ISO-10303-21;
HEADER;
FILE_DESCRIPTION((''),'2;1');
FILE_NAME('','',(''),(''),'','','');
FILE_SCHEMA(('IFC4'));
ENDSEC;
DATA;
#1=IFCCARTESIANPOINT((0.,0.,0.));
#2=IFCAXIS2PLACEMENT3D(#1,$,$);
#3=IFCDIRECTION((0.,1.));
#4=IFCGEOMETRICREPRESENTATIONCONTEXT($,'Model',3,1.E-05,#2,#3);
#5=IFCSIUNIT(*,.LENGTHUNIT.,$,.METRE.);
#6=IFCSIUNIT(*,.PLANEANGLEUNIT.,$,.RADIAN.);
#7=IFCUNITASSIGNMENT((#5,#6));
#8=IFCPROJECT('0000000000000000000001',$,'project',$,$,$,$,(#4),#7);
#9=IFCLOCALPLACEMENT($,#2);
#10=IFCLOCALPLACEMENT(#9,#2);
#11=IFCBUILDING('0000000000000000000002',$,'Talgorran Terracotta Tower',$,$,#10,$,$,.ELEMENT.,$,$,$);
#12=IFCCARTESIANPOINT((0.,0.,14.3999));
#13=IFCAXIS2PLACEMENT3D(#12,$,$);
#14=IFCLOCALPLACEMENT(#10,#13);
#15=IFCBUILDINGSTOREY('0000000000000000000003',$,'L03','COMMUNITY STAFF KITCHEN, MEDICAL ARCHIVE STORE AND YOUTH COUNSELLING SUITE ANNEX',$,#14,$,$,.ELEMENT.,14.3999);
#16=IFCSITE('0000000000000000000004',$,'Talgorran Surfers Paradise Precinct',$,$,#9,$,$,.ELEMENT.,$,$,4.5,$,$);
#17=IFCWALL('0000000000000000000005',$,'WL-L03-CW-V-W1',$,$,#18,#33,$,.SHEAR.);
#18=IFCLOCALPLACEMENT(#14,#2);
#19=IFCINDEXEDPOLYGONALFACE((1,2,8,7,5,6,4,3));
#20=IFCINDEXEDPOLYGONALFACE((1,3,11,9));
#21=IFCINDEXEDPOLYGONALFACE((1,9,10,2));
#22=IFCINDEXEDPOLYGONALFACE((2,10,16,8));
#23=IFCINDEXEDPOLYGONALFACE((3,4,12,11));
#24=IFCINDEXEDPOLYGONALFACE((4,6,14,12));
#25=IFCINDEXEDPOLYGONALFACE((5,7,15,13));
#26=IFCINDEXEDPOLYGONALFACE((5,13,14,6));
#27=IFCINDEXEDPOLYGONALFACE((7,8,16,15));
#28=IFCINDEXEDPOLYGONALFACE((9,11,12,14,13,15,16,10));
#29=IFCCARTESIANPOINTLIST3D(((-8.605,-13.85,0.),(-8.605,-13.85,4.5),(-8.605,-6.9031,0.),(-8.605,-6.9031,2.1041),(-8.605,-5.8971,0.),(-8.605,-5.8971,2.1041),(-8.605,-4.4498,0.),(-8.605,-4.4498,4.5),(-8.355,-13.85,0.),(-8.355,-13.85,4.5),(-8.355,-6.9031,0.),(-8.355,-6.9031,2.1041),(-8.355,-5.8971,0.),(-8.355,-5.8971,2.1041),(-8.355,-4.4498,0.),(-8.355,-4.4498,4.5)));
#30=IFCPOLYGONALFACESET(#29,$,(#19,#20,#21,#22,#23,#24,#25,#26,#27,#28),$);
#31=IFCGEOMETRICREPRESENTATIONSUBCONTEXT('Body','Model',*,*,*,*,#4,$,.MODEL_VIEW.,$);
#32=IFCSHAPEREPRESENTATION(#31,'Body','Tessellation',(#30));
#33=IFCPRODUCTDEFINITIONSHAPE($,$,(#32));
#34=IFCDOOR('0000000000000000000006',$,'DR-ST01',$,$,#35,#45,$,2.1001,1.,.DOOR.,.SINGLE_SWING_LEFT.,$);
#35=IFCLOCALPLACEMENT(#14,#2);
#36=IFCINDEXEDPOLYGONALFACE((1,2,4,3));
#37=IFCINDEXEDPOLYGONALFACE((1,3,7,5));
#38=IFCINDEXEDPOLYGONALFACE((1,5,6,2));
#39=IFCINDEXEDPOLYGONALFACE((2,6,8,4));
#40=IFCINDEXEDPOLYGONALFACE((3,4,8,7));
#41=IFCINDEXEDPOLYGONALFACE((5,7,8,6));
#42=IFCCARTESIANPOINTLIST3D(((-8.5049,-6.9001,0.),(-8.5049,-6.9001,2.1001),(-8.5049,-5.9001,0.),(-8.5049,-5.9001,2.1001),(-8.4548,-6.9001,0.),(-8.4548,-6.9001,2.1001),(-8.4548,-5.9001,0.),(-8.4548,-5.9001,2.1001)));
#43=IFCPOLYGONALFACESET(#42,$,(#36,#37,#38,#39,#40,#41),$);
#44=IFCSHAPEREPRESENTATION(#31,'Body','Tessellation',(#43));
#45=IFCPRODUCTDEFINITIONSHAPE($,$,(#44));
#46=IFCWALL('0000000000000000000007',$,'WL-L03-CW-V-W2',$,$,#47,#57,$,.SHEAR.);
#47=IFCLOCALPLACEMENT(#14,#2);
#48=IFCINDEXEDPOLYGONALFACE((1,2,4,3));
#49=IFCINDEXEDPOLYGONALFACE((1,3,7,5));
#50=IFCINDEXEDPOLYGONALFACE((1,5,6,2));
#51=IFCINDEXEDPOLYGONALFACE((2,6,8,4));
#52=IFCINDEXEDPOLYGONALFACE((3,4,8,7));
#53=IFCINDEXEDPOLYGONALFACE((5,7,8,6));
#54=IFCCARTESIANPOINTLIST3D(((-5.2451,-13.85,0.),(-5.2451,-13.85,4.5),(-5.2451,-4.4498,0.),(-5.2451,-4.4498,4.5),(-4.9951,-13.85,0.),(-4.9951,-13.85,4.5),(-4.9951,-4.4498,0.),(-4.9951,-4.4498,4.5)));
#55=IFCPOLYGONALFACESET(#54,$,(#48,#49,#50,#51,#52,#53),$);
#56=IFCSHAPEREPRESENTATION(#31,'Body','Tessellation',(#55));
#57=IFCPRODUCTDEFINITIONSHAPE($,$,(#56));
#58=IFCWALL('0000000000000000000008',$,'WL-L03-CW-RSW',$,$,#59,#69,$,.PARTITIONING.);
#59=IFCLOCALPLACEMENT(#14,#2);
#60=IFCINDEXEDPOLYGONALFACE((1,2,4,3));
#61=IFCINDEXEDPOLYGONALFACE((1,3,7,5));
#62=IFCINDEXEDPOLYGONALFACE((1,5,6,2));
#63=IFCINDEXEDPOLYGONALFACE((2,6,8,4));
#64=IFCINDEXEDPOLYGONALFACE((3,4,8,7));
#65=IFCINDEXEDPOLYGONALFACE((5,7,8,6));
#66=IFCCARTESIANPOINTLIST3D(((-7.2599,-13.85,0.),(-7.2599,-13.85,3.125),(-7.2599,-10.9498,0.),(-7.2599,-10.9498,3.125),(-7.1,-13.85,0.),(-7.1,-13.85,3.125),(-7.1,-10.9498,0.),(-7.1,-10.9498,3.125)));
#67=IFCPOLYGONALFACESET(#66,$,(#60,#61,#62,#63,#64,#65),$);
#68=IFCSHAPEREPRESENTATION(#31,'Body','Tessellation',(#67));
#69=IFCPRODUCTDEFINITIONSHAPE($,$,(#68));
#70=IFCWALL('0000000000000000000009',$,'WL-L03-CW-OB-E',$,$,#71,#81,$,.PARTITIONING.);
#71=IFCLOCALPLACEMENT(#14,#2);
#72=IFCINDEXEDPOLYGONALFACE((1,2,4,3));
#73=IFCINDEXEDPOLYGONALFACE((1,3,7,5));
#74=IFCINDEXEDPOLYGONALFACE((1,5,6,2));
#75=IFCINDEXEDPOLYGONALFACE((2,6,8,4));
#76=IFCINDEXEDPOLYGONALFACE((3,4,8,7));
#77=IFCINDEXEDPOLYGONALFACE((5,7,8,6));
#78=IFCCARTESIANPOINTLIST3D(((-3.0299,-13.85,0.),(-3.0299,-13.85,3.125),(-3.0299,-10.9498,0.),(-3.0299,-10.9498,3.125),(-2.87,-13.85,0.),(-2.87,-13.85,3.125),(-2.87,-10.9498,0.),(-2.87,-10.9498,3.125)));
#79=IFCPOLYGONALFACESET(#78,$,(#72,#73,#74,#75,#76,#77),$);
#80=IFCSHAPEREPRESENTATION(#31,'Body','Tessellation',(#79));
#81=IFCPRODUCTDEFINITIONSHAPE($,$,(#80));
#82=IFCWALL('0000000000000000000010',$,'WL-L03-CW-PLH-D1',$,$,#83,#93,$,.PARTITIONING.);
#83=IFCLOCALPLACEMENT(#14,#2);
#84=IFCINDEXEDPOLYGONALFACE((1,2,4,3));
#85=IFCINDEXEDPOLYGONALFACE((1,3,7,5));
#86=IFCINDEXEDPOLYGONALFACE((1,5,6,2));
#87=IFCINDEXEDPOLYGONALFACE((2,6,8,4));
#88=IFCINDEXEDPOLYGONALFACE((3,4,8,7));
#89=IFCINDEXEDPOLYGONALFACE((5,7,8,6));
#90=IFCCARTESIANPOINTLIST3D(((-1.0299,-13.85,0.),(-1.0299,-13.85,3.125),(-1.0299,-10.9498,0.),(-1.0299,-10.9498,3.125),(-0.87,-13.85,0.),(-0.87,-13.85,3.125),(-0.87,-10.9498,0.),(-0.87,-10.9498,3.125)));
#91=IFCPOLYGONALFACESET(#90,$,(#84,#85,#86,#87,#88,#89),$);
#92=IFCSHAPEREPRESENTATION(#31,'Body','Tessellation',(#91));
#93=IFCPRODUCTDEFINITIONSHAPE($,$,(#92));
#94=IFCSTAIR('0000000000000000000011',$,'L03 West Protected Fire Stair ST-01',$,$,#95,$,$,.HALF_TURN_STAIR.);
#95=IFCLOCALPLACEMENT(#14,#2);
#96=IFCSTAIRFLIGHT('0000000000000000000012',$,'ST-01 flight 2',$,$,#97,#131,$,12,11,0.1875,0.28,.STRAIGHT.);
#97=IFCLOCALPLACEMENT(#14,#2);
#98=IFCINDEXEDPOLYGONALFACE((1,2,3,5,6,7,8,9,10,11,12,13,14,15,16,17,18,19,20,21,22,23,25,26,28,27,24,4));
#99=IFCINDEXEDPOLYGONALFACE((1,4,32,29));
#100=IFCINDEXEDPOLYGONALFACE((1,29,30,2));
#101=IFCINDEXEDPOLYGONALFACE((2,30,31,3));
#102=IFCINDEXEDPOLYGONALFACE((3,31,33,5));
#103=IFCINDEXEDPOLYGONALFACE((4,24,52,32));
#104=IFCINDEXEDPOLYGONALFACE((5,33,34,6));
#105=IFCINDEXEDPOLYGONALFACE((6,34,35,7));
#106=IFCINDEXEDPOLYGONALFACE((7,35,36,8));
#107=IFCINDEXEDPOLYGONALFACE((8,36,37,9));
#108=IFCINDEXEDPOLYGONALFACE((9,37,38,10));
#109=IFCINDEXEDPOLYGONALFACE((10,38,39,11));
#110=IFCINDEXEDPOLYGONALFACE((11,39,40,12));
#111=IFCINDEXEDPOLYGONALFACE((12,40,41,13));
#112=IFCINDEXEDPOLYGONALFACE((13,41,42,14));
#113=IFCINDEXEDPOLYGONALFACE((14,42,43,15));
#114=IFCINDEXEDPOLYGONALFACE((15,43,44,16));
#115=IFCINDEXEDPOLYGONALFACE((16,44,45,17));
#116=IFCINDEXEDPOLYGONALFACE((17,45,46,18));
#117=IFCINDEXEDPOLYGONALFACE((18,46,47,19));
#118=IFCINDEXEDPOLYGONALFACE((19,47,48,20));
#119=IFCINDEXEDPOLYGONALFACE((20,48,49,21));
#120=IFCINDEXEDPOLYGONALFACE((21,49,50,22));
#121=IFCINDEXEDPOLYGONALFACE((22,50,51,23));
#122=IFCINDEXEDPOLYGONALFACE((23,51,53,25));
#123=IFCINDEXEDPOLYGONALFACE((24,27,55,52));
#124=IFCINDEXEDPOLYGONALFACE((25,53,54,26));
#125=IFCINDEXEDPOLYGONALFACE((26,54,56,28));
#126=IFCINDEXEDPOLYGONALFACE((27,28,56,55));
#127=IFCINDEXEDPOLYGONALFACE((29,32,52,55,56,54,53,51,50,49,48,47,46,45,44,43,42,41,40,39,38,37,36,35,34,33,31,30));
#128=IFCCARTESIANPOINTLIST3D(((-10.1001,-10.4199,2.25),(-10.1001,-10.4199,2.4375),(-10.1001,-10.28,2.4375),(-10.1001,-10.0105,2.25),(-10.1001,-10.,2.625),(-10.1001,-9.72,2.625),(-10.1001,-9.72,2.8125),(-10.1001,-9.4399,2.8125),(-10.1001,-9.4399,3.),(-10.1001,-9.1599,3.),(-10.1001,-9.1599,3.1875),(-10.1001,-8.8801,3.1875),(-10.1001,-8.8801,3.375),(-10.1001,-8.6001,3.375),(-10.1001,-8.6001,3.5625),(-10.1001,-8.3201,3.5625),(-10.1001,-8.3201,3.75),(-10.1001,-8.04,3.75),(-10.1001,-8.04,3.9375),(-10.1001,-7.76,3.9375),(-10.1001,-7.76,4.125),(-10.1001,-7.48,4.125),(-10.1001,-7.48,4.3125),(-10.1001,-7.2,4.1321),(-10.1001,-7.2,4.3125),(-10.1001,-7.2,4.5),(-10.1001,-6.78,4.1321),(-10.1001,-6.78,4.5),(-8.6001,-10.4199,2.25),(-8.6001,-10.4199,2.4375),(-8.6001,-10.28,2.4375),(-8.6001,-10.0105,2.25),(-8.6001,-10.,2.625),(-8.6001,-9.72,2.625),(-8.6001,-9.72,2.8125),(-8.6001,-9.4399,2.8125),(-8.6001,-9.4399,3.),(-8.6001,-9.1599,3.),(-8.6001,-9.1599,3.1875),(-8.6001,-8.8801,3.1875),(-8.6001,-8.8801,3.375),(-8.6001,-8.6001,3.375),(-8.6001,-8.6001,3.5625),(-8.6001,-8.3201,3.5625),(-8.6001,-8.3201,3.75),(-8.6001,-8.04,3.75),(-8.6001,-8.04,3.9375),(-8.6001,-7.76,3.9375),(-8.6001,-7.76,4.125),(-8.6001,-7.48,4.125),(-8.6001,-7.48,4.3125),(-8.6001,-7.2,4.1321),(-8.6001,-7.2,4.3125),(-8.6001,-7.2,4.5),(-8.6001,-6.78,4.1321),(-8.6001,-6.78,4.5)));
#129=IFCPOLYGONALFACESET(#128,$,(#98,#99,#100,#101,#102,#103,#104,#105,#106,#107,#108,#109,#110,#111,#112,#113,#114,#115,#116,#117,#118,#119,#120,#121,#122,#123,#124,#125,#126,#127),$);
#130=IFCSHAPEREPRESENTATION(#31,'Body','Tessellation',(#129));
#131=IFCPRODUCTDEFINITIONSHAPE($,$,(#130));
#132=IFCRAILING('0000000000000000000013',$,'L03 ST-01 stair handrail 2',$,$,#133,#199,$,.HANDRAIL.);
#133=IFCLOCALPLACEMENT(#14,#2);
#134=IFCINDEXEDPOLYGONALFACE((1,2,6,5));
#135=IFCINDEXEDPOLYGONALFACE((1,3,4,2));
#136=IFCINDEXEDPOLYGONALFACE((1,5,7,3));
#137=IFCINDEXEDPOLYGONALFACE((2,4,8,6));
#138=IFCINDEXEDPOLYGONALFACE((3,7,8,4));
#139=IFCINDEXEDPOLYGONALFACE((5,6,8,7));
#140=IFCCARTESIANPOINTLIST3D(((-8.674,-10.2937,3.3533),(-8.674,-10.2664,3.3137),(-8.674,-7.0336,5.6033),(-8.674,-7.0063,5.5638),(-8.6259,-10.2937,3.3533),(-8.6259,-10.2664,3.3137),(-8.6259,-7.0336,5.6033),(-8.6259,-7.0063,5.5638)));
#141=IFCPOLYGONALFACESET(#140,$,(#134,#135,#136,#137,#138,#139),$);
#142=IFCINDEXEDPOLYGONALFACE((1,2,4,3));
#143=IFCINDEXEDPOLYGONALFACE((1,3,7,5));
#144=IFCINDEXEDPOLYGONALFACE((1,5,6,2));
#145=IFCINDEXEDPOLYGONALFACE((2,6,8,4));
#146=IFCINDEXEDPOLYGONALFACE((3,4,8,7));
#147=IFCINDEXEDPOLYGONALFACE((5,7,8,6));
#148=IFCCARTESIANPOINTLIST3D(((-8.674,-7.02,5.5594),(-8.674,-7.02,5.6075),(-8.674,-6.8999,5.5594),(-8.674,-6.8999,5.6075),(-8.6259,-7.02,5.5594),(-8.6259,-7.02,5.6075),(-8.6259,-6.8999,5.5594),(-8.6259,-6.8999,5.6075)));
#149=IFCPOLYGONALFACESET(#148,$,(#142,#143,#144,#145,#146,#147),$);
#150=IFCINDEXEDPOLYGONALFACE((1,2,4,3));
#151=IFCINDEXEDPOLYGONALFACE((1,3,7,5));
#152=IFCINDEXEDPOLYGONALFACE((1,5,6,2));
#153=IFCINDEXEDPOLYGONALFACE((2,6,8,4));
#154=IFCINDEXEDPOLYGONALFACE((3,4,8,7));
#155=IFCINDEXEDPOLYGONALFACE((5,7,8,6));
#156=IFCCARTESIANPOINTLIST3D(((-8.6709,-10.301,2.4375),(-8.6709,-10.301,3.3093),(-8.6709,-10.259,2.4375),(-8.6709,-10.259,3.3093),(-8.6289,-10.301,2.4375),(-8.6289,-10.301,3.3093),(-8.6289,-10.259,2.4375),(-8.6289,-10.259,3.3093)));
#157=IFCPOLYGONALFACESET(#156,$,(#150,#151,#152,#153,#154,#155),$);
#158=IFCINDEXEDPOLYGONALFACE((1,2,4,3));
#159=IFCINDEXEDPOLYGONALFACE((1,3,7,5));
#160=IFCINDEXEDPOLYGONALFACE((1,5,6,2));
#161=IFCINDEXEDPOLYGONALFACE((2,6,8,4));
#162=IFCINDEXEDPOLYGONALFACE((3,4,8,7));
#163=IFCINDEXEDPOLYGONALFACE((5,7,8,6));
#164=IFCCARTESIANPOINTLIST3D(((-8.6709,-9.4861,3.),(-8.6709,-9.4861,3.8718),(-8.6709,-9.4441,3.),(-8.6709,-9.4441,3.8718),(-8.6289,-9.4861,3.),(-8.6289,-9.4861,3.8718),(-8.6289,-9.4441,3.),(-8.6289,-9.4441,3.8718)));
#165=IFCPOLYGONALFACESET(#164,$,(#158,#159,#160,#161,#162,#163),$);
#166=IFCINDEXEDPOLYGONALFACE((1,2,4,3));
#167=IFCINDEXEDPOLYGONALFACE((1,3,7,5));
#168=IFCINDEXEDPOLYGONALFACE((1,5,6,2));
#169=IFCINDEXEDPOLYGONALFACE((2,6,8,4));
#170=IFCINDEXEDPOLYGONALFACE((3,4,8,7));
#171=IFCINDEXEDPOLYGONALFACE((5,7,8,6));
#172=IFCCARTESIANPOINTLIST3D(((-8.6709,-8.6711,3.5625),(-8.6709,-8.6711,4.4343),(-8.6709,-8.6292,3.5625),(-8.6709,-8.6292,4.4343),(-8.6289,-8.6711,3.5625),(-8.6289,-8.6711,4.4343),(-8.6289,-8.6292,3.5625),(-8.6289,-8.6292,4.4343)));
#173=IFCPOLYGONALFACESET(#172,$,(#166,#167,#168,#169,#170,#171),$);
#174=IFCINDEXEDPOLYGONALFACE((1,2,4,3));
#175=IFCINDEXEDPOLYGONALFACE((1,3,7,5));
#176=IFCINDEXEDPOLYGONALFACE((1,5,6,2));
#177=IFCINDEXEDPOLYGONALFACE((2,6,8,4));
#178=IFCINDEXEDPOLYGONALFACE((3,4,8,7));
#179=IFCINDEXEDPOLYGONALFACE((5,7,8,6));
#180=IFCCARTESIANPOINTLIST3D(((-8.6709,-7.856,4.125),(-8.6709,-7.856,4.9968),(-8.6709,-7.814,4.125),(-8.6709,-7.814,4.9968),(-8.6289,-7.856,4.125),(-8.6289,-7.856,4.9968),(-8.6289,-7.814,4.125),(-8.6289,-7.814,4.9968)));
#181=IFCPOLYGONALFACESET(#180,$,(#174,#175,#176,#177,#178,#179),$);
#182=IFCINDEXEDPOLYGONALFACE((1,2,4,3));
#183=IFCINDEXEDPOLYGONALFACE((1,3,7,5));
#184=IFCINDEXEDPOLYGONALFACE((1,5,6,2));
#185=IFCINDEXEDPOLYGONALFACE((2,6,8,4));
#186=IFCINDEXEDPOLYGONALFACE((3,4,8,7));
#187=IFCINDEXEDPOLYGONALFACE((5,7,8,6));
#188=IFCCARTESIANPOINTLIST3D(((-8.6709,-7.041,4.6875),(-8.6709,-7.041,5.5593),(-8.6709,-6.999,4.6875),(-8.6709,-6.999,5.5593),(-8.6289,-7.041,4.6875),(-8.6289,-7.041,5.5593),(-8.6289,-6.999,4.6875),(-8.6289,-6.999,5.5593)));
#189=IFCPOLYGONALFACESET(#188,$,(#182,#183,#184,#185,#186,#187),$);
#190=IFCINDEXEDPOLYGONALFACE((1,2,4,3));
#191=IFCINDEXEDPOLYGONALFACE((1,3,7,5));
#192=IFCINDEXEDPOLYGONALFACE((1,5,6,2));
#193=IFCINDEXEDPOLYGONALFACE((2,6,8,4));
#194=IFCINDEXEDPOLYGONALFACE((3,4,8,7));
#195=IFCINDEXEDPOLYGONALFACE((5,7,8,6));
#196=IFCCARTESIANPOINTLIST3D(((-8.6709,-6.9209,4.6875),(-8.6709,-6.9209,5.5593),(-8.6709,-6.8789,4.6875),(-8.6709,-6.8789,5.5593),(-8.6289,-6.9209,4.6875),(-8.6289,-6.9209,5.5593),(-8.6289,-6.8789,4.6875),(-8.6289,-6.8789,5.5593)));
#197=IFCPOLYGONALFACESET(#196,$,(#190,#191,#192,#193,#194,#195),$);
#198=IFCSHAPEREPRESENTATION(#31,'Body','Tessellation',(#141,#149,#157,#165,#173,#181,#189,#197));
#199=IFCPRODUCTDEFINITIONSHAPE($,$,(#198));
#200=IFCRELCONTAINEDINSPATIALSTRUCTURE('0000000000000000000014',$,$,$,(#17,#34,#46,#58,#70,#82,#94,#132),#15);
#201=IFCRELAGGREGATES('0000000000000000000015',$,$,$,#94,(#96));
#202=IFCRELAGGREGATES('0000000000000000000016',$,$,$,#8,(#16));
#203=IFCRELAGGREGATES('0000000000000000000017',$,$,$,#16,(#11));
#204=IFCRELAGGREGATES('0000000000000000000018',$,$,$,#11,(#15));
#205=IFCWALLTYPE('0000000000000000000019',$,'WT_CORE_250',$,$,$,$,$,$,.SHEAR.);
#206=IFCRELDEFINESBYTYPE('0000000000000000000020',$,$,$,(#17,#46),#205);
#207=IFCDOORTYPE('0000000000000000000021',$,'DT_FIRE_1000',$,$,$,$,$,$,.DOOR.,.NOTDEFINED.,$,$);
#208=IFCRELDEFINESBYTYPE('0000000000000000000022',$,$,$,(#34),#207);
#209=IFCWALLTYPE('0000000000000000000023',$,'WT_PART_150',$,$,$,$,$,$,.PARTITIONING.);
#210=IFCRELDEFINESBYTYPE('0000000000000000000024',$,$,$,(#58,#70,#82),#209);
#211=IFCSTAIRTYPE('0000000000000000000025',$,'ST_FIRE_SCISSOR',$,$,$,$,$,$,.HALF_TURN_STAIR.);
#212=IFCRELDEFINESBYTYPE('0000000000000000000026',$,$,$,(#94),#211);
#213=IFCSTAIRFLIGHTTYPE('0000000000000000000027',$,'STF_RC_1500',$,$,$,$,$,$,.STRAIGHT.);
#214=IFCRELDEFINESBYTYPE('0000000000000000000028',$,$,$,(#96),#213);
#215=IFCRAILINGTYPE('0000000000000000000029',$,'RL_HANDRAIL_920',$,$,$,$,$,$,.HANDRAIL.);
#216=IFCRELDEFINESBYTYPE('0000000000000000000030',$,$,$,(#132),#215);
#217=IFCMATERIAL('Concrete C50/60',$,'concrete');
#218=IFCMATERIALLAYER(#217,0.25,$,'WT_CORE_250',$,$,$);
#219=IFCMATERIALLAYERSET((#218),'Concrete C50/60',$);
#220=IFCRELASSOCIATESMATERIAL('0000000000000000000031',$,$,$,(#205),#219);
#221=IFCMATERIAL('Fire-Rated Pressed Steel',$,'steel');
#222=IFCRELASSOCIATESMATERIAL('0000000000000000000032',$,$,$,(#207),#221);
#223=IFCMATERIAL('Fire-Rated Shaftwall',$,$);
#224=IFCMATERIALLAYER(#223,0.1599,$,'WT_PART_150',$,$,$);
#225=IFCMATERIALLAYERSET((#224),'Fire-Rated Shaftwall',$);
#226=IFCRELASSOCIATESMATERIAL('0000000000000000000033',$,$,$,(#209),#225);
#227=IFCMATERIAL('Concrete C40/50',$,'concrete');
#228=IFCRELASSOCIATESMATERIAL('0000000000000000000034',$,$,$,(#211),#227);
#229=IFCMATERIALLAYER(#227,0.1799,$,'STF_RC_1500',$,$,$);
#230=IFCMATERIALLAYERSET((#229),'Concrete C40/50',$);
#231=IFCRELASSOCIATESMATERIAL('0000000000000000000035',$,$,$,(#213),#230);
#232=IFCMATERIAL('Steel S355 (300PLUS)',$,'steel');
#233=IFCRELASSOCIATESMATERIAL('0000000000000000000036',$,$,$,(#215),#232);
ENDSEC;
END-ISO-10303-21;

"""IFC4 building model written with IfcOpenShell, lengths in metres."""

from ifc_helpers import new_model, si_unit, direction, frame, frame_2d, origin, origin_2d, place, context, subcontext, project, spatial, polyline, rectangle, outline, extrude, material, layer, layer_set, type_object, element, fill, aggregate, save


model = new_model("IFC4")

# Units and contexts
model_context = context("Model", 3, precision=1e-05, world=origin(), true_north=direction((0.0, 1.0)))
body_context = subcontext(model_context, "Body", "Model", "MODEL_VIEW")
ifc_project = project(units=[si_unit("LENGTHUNIT", "METRE"), si_unit("PLANEANGLEUNIT", "RADIAN")], contexts=[model_context])

# Site, building, storey
site_placement = place(None, origin())
site = spatial("IfcSite", under=ifc_project, at=site_placement, Name="Talgorran Surfers Paradise Precinct", CompositionType="ELEMENT", RefElevation=4.5)
building_placement = place(site_placement, origin())
building = spatial("IfcBuilding", under=site, at=building_placement, Name="Talgorran Terracotta Tower", CompositionType="ELEMENT")
storey_placement = place(building_placement, frame((0.0, 0.0, 14.3999)))
storey = spatial("IfcBuildingStorey", under=building, at=storey_placement, Name="L03", Description="COMMUNITY STAFF KITCHEN, MEDICAL ARCHIVE STORE AND YOUTH COUNSELLING SUITE ANNEX", CompositionType="ELEMENT", Elevation=14.3999)

# Shared definitions
ifc_material_1 = material(Name="Concrete C50/60", Category="concrete")
ifc_material_2 = material(Name="Fire-Rated Pressed Steel", Category="steel")

# Wall, opening, door
ifc_layer_1 = layer(ifc_material_1, 0.25, Name="WT_CORE_250")
ifc_layer_set_1 = layer_set([ifc_layer_1], Name="Concrete C50/60")
wall_type_1 = type_object("IfcWallType", Name="WT_CORE_250", PredefinedType="SHEAR", material=ifc_layer_set_1)
wall_1_placement = place(storey_placement, frame((-8.48, -13.8501, 0.0), z_axis=(0.0, 0.0, 1.0), x_axis=(0.0, 1.0, 0.0)))
wall_1 = element("IfcWall", 1, at=wall_1_placement, inside=storey, type_object=wall_type_1, Name="WL-L03-CW-V-W1", PredefinedType="SHEAR", context=body_context, shape_type="SweptSolid", body=[
    extrude(rectangle(XDim=9.4001, YDim=0.25, at=frame_2d((4.7002, 0.0))), origin(), (0.0, 0.0, 1.0), 4.5),
])
opening_1_placement = place(wall_1_placement, frame((6.95, 0.0, 0.0)))
opening_1 = element("IfcOpeningElement", 2, at=opening_1_placement, cuts=wall_1, PredefinedType="OPENING", context=body_context, shape_type="SweptSolid", body=[
    extrude(rectangle(XDim=1.006, YDim=2.1041, at=frame_2d((0.5, 1.052))), frame((0.0, 0.135, 0.0), z_axis=(0.0, -1.0, 0.0), x_axis=(1.0, 0.0, 0.0)), (0.0, 0.0, 1.0), 0.27),
])
door_type_1 = type_object("IfcDoorType", Name="DT_FIRE_1000", OperationType="NOTDEFINED", PredefinedType="DOOR", material=ifc_material_2)
door_1_placement = place(opening_1_placement, origin())
door_1 = element("IfcDoor", 3, at=door_1_placement, inside=storey, type_object=door_type_1, Name="DR-ST01", OperationType="SINGLE_SWING_LEFT", OverallHeight=2.1001, OverallWidth=1.0, PredefinedType="DOOR", context=body_context, shape_type="SweptSolid", body=[
    extrude(rectangle(XDim=1.0, YDim=2.1001, at=frame_2d((0.5, 1.05))), frame((0.0, 0.0249, 0.0), z_axis=(0.0, -1.0, 0.0), x_axis=(1.0, 0.0, 0.0)), (0.0, 0.0, 1.0), 0.05),
])
fill(opening_1, door_1)

# Walls
wall_2_placement = place(storey_placement, frame((-5.1201, -13.8501, 0.0), z_axis=(0.0, 0.0, 1.0), x_axis=(0.0, 1.0, 0.0)))
element("IfcWall", 4, at=wall_2_placement, inside=storey, type_object=wall_type_1, Name="WL-L03-CW-V-W2", PredefinedType="SHEAR", context=body_context, shape_type="SweptSolid", body=[
    extrude(rectangle(XDim=9.4001, YDim=0.25, at=frame_2d((4.7002, 0.0))), origin(), (0.0, 0.0, 1.0), 4.5),
])
ifc_material_3 = material(Name="Fire-Rated Shaftwall")
ifc_layer_2 = layer(ifc_material_3, 0.1599, Name="WT_PART_150")
ifc_layer_set_2 = layer_set([ifc_layer_2], Name="Fire-Rated Shaftwall")
wall_type_2 = type_object("IfcWallType", Name="WT_PART_150", PredefinedType="PARTITIONING", material=ifc_layer_set_2)
for number, where, z_axis, x_axis, name in (
    (5, (-7.1799, -13.8501, 0.0), (0.0, 0.0, 1.0), (0.0, 1.0, 0.0), "WL-L03-CW-RSW"),
    (6, (-2.95, -13.8501, 0.0), (0.0, 0.0, 1.0), (0.0, 1.0, 0.0), "WL-L03-CW-OB-E"),
    (7, (-0.95, -13.8501, 0.0), (0.0, 0.0, 1.0), (0.0, 1.0, 0.0), "WL-L03-CW-PLH-D1"),
):
    element("IfcWall", number, at=place(storey_placement, frame(where, z_axis=z_axis, x_axis=x_axis)), inside=storey, type_object=wall_type_2, Name=name, PredefinedType="PARTITIONING", context=body_context, shape_type="SweptSolid", body=[
        extrude(rectangle(XDim=2.9001, YDim=0.1599, at=frame_2d((1.4502, 0.0))), origin(), (0.0, 0.0, 1.0), 3.125),
    ])

# Stair, stair flight
ifc_material_4 = material(Name="Concrete C40/50", Category="concrete")
stair_type = type_object("IfcStairType", Name="ST_FIRE_SCISSOR", PredefinedType="HALF_TURN_STAIR", material=ifc_material_4)
stair_placement = place(storey_placement, origin())
stair = element("IfcStair", 8, at=stair_placement, inside=storey, type_object=stair_type, Name="L03 West Protected Fire Stair ST-01", PredefinedType="HALF_TURN_STAIR")
ifc_layer_3 = layer(ifc_material_4, 0.1799, Name="STF_RC_1500")
ifc_layer_set_3 = layer_set([ifc_layer_3], Name="Concrete C40/50")
stair_flight_type = type_object("IfcStairFlightType", Name="STF_RC_1500", PredefinedType="STRAIGHT", material=ifc_layer_set_3)
stair_flight_placement = place(storey_placement, frame((-9.3501, -10.28, 2.25), z_axis=(0.0, 0.0, 1.0), x_axis=(0.0, 1.0, 0.0)))
stair_flight = element("IfcStairFlight", 9, at=stair_flight_placement, type_object=stair_flight_type, Name="ST-01 flight 2", NumberOfRisers=12, NumberOfTreads=11, PredefinedType="STRAIGHT", RiserHeight=0.1875, TreadLength=0.28, context=body_context, shape_type="SweptSolid", body=[
    extrude(outline(polyline([(-0.1399, 0.0), (-0.1399, 0.1875), (0.0, 0.1875), (0.28, 0.375), (0.5601, 0.375), (0.5601, 0.5625), (0.8401, 0.5625), (0.8401, 0.75), (1.1201, 0.75), (1.1201, 0.9375), (1.3999, 0.9375), (1.3999, 1.125), (1.6799, 1.125), (1.6799, 1.3125), (1.96, 1.3125), (1.96, 1.5), (2.24, 1.5), (2.24, 1.6875), (2.52, 1.6875), (2.52, 1.875), (2.8, 1.875), (2.8, 2.0625), (3.0801, 2.0625), (3.0801, 2.25), (3.5, 2.25), (3.5, 1.8821), (3.0801, 1.8821), (0.2695, 0.0), (-0.1399, 0.0)])), frame((0.0, 0.75, 0.0), z_axis=(0.0, -1.0, 0.0), x_axis=(1.0, 0.0, 0.0)), (0.0, 0.0, 1.0), 1.5),
])
aggregate(stair, [stair_flight])

# Railing
ifc_material_5 = material(Name="Steel S355 (300PLUS)", Category="steel")
railing_type_1 = type_object("IfcRailingType", Name="RL_HANDRAIL_920", PredefinedType="HANDRAIL", material=ifc_material_5)
railing_1_placement = place(storey_placement, frame((-8.6499, -10.28, 2.4375)))
element("IfcRailing", 10, at=railing_1_placement, inside=storey, type_object=railing_type_1, Name="L03 ST-01 stair handrail 2", PredefinedType="HANDRAIL", context=body_context, shape_type="SweptSolid", body=[
    extrude(rectangle(XDim=0.0481, YDim=0.0481, at=origin_2d()), frame((0.0, 0.0, 0.896), z_axis=(0.0, 0.82301, 0.568027), x_axis=(-1.0, 0.0, 0.0)), (0.0, 0.0, 1.0), 3.9612),
    extrude(rectangle(XDim=0.0481, YDim=0.0481, at=origin_2d()), frame((0.0, 3.26, 3.146), z_axis=(0.0, 1.0, 0.0), x_axis=(-1.0, 0.0, 0.0)), (0.0, 0.0, 1.0), 0.1201),
    extrude(rectangle(XDim=0.042, YDim=0.042, at=origin_2d()), origin(), (0.0, 0.0, 1.0), 0.8718),
    extrude(rectangle(XDim=0.042, YDim=0.042, at=origin_2d()), frame((0.0, 0.8149, 0.5625)), (0.0, 0.0, 1.0), 0.8718),
    extrude(rectangle(XDim=0.042, YDim=0.042, at=origin_2d()), frame((0.0, 1.6299, 1.125)), (0.0, 0.0, 1.0), 0.8718),
    extrude(rectangle(XDim=0.042, YDim=0.042, at=origin_2d()), frame((0.0, 2.4451, 1.6875)), (0.0, 0.0, 1.0), 0.8718),
    extrude(rectangle(XDim=0.042, YDim=0.042, at=origin_2d()), frame((0.0, 3.26, 2.25)), (0.0, 0.0, 1.0), 0.8718),
    extrude(rectangle(XDim=0.042, YDim=0.042, at=origin_2d()), frame((0.0, 3.3801, 2.25)), (0.0, 0.0, 1.0), 0.8718),
])

save(model, "model.ifc")
